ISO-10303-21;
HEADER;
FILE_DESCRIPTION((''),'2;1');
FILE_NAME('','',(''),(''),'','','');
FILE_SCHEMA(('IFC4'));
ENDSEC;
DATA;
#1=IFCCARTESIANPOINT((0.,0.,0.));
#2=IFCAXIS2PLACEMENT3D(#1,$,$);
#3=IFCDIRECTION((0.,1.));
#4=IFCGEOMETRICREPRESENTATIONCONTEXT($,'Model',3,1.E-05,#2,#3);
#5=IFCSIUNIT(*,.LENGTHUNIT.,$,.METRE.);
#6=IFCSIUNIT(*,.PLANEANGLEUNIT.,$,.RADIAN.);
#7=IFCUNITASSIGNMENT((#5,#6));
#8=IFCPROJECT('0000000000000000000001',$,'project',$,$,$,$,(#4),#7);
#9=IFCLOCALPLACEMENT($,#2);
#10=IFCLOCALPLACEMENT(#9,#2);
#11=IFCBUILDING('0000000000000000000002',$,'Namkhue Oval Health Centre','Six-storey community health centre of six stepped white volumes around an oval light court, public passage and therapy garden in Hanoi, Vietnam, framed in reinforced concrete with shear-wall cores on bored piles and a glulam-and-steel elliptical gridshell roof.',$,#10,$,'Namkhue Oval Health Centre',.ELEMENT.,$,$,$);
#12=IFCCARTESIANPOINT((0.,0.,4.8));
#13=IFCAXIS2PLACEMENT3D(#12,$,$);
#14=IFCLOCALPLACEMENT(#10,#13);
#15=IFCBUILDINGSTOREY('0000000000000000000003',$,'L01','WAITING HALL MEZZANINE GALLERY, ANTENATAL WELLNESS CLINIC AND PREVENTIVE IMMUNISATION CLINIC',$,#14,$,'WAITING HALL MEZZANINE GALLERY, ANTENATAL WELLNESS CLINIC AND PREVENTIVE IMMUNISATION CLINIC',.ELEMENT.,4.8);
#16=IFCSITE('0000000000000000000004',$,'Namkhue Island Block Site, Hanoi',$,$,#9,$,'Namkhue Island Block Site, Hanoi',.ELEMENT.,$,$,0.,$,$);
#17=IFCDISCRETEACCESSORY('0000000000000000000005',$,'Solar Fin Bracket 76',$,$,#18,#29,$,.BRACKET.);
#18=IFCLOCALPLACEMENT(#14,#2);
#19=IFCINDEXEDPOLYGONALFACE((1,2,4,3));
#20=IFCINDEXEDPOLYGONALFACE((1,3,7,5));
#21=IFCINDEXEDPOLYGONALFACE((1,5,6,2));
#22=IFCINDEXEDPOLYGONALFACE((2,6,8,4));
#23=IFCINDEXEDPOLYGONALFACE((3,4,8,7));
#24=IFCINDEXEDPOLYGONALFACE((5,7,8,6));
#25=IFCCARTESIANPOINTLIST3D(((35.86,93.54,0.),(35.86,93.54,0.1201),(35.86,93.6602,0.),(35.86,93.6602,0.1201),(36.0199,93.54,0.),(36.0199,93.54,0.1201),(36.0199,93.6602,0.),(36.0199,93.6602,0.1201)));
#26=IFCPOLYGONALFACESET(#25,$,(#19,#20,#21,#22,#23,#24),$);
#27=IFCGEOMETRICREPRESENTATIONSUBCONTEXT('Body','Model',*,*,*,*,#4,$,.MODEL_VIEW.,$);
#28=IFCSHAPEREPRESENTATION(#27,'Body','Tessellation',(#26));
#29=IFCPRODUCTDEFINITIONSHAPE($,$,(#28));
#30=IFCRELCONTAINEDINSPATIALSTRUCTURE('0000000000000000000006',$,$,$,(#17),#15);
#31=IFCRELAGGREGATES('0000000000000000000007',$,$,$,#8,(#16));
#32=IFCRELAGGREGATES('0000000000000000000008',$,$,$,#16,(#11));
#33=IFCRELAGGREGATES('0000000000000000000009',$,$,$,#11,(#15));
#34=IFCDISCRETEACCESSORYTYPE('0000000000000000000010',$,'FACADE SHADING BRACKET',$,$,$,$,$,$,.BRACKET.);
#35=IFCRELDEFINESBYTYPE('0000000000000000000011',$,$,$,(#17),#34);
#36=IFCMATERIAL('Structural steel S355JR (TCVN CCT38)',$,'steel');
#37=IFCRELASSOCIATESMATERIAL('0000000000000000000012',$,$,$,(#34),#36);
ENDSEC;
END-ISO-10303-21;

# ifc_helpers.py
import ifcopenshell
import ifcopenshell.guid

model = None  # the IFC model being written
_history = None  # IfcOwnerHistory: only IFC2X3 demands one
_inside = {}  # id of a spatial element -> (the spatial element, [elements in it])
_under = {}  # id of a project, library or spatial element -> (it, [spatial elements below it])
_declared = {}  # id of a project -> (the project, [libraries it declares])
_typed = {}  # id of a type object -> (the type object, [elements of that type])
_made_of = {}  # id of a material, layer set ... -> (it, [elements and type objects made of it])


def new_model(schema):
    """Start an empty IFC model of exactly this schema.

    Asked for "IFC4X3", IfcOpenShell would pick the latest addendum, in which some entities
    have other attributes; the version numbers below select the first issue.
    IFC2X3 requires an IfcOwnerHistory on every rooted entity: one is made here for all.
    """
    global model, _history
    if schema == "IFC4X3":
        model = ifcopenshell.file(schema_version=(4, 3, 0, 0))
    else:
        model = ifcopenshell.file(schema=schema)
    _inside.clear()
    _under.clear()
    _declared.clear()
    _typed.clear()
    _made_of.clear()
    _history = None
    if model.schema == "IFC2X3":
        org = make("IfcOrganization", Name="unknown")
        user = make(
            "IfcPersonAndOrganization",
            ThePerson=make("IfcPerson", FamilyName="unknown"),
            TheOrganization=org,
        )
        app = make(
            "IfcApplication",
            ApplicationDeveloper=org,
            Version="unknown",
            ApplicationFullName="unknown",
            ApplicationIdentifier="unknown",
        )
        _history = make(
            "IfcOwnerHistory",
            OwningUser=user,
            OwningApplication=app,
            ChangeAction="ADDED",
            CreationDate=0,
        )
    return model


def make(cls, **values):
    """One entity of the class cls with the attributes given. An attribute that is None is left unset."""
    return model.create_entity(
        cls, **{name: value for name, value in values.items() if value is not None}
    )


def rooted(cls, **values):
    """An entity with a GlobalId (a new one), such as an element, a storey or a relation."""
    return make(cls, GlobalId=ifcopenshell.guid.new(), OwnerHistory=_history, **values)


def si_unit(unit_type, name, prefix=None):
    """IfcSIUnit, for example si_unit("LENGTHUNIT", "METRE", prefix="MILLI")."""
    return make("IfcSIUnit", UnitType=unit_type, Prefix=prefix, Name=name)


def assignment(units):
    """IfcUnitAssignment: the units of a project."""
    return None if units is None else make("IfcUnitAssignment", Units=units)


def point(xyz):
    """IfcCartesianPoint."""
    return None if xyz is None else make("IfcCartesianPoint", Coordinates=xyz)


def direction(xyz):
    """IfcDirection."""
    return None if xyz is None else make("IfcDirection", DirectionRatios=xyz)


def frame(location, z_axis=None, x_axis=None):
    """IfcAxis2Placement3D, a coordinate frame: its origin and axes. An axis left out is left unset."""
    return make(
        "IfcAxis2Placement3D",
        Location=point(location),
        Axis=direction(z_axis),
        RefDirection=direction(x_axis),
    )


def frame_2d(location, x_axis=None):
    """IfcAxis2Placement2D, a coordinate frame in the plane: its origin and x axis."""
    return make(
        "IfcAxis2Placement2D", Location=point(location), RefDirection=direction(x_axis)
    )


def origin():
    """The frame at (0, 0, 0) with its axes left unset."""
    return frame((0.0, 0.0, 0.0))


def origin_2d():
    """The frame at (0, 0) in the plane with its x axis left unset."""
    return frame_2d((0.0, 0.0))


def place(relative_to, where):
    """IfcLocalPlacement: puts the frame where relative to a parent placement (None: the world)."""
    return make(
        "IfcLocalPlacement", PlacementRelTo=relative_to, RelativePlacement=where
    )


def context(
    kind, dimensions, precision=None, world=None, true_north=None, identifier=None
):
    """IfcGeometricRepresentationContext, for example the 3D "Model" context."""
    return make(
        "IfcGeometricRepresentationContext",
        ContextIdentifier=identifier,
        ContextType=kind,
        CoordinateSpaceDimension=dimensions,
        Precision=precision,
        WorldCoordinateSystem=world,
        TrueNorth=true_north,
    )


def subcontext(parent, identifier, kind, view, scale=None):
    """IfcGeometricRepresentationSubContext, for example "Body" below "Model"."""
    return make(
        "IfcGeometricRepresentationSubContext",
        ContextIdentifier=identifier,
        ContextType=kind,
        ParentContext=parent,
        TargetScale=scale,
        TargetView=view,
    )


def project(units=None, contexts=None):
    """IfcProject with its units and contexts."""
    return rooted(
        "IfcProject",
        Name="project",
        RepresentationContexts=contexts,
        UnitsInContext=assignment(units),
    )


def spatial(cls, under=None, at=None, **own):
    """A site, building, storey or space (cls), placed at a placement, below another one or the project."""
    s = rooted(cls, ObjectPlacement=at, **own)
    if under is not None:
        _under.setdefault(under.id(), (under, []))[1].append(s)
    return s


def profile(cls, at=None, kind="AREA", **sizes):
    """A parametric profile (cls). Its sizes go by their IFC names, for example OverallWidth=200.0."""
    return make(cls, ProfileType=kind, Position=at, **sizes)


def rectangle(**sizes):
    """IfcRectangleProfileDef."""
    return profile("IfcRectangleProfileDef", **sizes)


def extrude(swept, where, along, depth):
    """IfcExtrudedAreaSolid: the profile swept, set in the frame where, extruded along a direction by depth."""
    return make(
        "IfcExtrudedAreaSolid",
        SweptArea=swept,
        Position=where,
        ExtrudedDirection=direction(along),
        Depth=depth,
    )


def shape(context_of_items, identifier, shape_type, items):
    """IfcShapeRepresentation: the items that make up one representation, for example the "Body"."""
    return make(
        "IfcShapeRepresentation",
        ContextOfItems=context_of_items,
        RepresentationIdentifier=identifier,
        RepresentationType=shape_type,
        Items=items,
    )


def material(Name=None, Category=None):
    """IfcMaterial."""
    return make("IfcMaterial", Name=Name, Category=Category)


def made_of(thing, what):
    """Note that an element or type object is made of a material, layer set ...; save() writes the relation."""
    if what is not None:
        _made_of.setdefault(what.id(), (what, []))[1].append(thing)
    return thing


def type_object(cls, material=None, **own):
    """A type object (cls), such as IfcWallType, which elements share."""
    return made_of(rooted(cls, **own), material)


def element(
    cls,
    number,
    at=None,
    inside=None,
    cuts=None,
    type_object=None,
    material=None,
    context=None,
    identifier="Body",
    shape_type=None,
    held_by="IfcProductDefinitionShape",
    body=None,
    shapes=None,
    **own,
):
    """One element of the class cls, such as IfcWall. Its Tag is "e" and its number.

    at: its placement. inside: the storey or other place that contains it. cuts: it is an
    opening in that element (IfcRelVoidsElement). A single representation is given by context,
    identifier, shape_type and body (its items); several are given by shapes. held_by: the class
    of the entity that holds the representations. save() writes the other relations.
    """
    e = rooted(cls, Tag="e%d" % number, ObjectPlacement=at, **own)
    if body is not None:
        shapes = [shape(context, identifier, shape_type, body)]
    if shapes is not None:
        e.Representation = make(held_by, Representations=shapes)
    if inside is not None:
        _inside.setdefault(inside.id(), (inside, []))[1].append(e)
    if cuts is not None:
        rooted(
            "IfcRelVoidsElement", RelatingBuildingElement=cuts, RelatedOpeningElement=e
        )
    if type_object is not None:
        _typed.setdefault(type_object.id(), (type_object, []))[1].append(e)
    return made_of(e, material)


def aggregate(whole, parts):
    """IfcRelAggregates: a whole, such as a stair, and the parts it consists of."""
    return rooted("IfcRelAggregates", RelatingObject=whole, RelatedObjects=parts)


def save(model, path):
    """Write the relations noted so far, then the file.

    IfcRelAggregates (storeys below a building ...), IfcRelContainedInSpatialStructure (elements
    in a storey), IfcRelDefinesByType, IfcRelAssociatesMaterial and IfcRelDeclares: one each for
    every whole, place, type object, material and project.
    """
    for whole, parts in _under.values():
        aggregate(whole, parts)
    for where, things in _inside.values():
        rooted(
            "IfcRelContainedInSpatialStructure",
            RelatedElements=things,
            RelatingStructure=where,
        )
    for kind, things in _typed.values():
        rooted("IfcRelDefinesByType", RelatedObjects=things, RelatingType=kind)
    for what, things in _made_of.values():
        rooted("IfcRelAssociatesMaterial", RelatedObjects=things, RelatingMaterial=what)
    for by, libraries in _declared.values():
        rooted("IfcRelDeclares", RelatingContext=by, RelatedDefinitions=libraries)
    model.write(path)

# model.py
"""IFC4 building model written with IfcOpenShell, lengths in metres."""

from ifc_helpers import new_model, si_unit, direction, frame, origin, origin_2d, place, context, subcontext, project, spatial, rectangle, extrude, material, type_object, element, save


model = new_model("IFC4")

# Units and contexts
model_context = context("Model", 3, precision=1e-05, world=origin(), true_north=direction((0.0, 1.0)))
body_context = subcontext(model_context, "Body", "Model", "MODEL_VIEW")
ifc_project = project(units=[si_unit("LENGTHUNIT", "METRE"), si_unit("PLANEANGLEUNIT", "RADIAN")], contexts=[model_context])

# Site, building, storey
site_placement = place(None, origin())
site = spatial("IfcSite", under=ifc_project, at=site_placement, Name="Namkhue Island Block Site, Hanoi", LongName="Namkhue Island Block Site, Hanoi", CompositionType="ELEMENT", RefElevation=0.0)
building_placement = place(site_placement, origin())
building = spatial("IfcBuilding", under=site, at=building_placement, Name="Namkhue Oval Health Centre", Description="Six-storey community health centre of six stepped white volumes around an oval light court, public passage and therapy garden in Hanoi, Vietnam, framed in reinforced concrete with shear-wall cores on bored piles and a glulam-and-steel elliptical gridshell roof.", LongName="Namkhue Oval Health Centre", CompositionType="ELEMENT")
storey_placement = place(building_placement, frame((0.0, 0.0, 4.8)))
storey = spatial("IfcBuildingStorey", under=building, at=storey_placement, Name="L01", Description="WAITING HALL MEZZANINE GALLERY, ANTENATAL WELLNESS CLINIC AND PREVENTIVE IMMUNISATION CLINIC", LongName="WAITING HALL MEZZANINE GALLERY, ANTENATAL WELLNESS CLINIC AND PREVENTIVE IMMUNISATION CLINIC", CompositionType="ELEMENT", Elevation=4.8)

# Discrete accessory
ifc_material_1 = material(Name="Structural steel S355JR (TCVN CCT38)", Category="steel")
discrete_accessory_type = type_object("IfcDiscreteAccessoryType", Name="FACADE SHADING BRACKET", PredefinedType="BRACKET", material=ifc_material_1)
discrete_accessory_placement = place(storey_placement, frame((35.9399, 93.6001, 0.0), z_axis=(0.0, 0.0, 1.0), x_axis=(-1.0, 0.0, 0.0)))
element("IfcDiscreteAccessory", 1, at=discrete_accessory_placement, inside=storey, type_object=discrete_accessory_type, Name="Solar Fin Bracket 76", PredefinedType="BRACKET", context=body_context, shape_type="SweptSolid", body=[
    extrude(rectangle(XDim=0.1599, YDim=0.1201, at=origin_2d()), origin(), (0.0, 0.0, 1.0), 0.1201),
])

save(model, "model.ifc")
